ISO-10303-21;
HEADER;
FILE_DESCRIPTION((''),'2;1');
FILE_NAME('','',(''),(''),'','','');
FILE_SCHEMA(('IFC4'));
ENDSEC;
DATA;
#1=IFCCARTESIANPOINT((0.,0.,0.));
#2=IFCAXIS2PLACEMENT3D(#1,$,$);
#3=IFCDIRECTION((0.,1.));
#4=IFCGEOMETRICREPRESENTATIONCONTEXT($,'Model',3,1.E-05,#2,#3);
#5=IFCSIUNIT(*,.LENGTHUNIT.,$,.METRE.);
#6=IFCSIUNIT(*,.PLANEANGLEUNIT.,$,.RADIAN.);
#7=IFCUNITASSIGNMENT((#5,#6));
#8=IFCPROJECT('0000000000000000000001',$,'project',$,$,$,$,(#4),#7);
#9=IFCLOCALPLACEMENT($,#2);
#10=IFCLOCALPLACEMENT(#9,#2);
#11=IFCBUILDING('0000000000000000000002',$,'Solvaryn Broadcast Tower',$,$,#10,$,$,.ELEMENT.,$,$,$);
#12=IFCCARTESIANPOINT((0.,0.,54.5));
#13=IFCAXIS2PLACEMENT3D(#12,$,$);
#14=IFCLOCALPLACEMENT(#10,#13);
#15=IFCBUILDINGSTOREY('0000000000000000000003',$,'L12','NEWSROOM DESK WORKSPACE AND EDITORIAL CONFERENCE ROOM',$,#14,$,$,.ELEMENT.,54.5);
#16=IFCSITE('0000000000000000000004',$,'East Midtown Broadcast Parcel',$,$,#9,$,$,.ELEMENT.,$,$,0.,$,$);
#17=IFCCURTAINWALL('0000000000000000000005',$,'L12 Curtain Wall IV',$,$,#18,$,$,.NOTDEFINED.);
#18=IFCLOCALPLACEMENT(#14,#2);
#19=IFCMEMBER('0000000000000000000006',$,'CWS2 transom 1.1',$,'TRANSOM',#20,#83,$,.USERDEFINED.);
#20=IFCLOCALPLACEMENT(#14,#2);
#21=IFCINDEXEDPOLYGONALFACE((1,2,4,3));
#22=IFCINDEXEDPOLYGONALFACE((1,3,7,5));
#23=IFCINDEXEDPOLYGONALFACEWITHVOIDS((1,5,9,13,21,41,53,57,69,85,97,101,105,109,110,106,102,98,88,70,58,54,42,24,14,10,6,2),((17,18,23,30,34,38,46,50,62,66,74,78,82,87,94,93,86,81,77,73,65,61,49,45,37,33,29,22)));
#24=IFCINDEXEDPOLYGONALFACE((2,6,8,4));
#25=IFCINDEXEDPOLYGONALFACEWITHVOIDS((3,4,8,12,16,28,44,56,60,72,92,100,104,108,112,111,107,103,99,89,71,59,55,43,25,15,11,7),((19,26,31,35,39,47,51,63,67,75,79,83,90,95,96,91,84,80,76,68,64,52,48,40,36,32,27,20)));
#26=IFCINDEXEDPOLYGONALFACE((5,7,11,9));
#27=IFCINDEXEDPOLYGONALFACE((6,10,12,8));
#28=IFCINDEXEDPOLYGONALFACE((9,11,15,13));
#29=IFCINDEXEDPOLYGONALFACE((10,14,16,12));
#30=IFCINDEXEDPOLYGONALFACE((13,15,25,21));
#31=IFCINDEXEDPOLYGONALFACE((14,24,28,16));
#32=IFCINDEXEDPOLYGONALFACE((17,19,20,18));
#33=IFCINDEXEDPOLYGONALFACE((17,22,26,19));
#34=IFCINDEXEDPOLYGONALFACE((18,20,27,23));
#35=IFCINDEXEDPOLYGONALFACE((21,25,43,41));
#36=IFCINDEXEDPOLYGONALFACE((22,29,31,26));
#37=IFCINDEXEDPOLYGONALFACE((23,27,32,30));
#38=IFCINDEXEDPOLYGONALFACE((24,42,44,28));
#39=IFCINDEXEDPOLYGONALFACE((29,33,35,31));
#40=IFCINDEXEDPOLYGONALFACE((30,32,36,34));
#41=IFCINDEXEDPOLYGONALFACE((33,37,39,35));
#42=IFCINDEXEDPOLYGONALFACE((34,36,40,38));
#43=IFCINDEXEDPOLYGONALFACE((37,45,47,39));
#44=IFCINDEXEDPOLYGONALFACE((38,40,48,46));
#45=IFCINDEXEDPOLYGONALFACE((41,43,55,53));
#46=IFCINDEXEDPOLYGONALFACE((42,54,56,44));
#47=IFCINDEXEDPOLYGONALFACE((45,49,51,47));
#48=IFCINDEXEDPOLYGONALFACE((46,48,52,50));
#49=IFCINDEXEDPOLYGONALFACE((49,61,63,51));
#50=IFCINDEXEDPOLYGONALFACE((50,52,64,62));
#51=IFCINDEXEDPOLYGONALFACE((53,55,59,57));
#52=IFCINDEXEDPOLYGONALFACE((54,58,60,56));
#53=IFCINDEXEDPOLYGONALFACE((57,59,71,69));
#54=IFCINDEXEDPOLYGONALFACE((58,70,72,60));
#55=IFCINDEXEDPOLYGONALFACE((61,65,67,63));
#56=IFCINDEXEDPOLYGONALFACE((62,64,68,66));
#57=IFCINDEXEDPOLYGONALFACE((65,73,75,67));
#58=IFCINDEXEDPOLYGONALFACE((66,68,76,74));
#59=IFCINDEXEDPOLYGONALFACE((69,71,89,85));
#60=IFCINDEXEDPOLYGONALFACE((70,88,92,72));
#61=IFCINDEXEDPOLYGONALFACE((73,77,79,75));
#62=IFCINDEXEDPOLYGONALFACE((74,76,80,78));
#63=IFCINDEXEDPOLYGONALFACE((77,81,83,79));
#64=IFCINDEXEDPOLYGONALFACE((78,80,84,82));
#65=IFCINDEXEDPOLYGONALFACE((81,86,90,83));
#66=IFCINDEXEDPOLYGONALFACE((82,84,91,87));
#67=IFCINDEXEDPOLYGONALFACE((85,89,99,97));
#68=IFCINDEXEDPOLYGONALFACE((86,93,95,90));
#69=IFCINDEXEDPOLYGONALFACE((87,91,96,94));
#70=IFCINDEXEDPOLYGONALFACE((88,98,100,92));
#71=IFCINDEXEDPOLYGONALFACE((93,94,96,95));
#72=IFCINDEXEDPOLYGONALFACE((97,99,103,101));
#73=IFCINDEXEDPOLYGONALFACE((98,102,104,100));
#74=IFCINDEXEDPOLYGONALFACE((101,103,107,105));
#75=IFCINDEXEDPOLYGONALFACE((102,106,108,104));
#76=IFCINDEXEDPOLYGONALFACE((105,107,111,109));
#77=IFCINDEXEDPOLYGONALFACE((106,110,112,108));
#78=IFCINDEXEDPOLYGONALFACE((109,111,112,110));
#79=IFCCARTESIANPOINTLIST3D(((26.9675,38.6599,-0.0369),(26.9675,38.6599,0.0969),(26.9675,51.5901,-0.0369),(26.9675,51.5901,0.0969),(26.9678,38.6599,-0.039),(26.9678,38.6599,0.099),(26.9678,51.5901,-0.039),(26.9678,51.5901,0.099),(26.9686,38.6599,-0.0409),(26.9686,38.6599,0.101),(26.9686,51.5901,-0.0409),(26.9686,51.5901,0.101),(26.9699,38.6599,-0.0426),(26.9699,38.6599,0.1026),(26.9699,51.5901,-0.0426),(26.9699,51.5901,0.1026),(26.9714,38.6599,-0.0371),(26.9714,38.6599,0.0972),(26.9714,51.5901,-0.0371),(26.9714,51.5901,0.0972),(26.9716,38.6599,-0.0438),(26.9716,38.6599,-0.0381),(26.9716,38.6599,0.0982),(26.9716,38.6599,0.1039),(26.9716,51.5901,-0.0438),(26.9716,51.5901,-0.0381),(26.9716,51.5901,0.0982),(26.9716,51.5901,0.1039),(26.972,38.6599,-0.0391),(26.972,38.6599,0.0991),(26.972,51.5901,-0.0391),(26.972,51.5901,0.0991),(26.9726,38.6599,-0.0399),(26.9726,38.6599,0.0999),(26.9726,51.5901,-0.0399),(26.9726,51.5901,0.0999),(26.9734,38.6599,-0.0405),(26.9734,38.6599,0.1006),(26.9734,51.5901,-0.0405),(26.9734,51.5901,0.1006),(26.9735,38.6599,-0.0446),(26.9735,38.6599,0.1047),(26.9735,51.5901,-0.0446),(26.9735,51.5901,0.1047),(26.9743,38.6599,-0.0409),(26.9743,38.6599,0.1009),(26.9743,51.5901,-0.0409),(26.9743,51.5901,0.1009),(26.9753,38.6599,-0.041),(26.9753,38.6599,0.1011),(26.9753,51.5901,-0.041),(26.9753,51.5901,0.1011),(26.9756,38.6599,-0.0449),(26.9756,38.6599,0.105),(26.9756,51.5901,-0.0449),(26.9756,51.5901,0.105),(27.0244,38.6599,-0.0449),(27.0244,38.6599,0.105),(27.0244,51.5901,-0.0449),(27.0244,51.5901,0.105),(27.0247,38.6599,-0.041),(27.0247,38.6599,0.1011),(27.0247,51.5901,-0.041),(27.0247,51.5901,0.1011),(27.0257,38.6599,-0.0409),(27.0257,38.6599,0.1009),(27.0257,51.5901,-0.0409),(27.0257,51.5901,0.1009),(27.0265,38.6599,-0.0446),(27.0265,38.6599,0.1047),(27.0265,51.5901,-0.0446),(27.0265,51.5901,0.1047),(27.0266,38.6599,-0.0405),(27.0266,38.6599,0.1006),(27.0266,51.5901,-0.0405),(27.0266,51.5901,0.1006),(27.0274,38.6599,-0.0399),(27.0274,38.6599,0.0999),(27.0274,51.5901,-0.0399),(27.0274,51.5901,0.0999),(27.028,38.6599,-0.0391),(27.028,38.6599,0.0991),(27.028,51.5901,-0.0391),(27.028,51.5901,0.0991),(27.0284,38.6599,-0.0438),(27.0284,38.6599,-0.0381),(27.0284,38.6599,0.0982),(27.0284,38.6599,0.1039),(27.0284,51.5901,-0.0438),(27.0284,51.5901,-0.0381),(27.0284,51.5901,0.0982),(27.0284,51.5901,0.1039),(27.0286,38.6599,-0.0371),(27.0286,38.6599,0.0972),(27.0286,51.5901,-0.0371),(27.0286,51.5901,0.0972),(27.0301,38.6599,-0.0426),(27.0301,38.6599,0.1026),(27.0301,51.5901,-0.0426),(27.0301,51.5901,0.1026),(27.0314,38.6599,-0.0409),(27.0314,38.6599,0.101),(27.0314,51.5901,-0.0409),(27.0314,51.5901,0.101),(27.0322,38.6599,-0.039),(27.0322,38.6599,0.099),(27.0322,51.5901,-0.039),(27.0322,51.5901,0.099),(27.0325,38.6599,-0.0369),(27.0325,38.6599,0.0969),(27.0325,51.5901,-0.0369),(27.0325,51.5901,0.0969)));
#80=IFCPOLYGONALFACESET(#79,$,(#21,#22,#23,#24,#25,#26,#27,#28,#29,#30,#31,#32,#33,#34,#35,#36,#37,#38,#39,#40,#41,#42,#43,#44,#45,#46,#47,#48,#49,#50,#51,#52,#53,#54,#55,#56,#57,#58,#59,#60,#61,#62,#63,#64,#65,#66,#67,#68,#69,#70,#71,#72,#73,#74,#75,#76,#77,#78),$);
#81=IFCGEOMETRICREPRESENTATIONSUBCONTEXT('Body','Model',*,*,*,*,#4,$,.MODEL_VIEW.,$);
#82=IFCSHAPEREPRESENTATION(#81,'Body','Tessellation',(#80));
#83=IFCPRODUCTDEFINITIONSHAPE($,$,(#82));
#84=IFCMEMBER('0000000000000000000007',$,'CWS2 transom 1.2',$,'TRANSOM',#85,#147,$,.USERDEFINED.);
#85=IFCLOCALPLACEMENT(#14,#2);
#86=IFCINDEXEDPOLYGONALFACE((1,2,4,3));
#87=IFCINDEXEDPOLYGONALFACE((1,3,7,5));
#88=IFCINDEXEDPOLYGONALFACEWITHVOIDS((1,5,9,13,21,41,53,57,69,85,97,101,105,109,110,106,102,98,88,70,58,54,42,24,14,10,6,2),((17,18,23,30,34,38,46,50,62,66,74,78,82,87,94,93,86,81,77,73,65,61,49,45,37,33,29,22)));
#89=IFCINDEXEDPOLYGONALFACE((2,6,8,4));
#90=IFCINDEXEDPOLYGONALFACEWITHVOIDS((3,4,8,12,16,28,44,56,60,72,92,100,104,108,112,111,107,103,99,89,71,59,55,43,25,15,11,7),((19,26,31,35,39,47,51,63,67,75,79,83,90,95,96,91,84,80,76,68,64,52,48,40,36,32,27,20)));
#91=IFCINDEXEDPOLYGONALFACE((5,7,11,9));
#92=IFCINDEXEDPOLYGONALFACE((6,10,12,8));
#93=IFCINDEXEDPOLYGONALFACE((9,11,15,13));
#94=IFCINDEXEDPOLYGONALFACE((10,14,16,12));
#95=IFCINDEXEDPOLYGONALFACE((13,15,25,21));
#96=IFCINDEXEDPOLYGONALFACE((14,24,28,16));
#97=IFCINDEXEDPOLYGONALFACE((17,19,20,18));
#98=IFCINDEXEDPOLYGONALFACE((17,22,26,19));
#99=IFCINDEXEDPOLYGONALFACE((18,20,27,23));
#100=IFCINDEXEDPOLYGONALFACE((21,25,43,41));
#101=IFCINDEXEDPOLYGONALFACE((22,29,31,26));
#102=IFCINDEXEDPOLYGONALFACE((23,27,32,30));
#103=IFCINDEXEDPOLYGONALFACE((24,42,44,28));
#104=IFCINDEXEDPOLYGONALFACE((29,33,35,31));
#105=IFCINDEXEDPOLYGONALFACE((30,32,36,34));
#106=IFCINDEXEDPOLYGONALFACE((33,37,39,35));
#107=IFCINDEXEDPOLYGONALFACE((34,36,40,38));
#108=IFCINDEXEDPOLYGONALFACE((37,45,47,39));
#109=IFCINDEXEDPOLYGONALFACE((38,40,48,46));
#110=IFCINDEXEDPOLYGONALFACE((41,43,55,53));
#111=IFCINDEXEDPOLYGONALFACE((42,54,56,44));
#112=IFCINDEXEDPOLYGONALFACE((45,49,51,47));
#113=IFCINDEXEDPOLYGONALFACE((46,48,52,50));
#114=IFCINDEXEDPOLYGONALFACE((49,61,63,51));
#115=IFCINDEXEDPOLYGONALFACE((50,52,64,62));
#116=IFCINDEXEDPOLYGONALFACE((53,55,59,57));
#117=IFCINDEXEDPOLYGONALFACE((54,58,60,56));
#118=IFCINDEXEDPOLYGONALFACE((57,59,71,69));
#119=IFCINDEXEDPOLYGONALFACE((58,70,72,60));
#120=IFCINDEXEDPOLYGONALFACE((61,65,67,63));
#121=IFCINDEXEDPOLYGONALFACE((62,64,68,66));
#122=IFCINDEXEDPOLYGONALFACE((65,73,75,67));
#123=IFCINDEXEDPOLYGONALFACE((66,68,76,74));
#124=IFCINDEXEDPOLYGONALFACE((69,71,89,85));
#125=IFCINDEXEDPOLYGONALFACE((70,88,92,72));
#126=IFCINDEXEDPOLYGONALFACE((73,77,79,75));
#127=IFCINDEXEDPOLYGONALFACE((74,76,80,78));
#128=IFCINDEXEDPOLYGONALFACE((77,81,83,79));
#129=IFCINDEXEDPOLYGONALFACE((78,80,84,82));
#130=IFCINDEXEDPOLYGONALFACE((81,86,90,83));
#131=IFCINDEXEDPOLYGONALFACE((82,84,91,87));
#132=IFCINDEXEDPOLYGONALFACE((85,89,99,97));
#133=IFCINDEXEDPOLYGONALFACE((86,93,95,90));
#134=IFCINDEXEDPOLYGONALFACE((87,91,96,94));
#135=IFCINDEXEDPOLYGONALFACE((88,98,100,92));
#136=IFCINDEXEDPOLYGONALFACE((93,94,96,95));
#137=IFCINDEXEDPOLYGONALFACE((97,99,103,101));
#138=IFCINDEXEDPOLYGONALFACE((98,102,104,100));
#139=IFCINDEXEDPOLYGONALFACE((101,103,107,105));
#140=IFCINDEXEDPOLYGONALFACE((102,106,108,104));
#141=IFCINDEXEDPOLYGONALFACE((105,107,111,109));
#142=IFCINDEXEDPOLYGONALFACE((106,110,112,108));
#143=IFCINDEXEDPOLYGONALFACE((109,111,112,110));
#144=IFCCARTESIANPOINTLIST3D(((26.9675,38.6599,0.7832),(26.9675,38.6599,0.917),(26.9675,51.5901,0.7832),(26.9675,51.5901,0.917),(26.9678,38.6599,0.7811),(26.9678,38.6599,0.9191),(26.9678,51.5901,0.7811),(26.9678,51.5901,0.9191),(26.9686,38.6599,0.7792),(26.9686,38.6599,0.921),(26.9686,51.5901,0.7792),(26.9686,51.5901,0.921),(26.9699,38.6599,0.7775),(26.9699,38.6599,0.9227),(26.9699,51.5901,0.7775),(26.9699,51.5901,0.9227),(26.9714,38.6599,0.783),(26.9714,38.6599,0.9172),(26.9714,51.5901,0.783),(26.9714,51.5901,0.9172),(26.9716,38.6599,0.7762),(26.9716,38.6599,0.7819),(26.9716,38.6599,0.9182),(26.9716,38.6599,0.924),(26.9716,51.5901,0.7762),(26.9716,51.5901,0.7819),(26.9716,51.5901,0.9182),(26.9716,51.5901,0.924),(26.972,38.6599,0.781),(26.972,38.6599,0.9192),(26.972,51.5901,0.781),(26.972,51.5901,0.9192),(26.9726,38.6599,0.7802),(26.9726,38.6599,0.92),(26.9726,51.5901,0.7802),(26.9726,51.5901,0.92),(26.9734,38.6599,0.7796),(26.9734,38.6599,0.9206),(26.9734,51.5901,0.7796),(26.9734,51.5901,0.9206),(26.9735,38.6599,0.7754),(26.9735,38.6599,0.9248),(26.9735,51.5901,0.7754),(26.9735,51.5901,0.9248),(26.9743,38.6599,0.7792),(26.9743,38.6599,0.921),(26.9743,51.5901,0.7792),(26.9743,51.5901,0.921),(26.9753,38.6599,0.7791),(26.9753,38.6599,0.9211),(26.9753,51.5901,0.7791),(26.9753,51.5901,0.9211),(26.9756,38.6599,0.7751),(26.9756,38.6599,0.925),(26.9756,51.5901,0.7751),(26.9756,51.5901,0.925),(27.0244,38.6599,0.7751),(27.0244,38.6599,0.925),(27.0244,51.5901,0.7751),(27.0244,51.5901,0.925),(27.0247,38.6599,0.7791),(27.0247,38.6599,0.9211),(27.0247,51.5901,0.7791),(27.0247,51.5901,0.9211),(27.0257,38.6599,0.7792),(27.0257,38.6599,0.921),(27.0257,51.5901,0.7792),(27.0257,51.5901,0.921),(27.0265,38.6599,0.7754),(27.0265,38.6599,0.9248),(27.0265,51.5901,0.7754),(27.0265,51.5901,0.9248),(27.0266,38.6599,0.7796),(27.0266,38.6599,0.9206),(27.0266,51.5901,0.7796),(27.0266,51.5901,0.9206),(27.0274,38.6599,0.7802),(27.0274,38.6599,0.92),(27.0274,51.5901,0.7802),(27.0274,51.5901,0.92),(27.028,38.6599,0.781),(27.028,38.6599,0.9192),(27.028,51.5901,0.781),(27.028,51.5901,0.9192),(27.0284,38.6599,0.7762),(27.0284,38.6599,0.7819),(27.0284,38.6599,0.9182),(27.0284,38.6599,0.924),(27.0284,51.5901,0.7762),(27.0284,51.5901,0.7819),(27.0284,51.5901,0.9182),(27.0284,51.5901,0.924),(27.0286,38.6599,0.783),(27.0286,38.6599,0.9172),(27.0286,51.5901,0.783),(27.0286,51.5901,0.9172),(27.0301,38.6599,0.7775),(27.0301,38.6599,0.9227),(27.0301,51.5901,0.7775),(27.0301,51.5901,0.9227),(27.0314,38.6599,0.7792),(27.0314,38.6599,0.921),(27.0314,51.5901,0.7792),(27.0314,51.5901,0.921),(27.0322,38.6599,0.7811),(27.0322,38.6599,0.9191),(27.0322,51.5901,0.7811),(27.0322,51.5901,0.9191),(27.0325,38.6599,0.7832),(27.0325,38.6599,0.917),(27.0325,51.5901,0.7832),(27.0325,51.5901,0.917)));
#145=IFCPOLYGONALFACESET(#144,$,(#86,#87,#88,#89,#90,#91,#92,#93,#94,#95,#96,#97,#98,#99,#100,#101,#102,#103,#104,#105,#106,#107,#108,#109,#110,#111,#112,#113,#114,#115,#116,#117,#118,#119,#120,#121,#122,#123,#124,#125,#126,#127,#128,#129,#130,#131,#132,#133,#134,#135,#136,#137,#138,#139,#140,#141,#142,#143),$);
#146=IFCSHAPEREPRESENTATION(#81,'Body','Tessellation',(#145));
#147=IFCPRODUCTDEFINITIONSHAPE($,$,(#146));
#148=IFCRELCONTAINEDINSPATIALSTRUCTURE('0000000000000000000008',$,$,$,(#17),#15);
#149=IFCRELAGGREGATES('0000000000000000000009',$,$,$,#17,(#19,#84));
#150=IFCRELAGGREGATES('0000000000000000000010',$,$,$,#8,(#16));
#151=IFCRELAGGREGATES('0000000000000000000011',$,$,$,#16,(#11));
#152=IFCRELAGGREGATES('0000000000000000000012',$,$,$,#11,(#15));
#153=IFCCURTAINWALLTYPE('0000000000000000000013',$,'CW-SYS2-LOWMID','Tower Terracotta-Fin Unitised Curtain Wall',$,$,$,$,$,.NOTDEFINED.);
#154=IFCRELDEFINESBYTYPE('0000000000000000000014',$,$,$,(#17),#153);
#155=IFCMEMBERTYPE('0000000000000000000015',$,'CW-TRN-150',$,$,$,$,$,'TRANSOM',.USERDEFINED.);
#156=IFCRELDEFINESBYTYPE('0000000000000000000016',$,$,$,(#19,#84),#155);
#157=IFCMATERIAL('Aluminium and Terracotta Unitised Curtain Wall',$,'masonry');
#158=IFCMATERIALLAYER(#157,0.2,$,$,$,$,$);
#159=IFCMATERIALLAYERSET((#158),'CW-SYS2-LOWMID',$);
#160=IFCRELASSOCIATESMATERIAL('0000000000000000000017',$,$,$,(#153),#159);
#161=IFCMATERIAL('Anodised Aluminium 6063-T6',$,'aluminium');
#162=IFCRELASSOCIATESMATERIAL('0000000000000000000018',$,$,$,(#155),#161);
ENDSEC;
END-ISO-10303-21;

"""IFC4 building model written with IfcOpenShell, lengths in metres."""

from ifc_helpers import new_model, si_unit, direction, frame, origin, origin_2d, place, context, subcontext, project, spatial, hollow_rectangle, extrude, material, layer, layer_set, material_profile, profile_set, type_object, element, aggregate, save


model = new_model("IFC4")

# Units and contexts
model_context = context("Model", 3, precision=1e-05, world=origin(), true_north=direction((0.0, 1.0)))
body_context = subcontext(model_context, "Body", "Model", "MODEL_VIEW")
ifc_project = project(units=[si_unit("LENGTHUNIT", "METRE"), si_unit("PLANEANGLEUNIT", "RADIAN")], contexts=[model_context])

# Site, building, storey
site_placement = place(None, origin())
site = spatial("IfcSite", under=ifc_project, at=site_placement, Name="East Midtown Broadcast Parcel", CompositionType="ELEMENT", RefElevation=0.0)
building_placement = place(site_placement, origin())
building = spatial("IfcBuilding", under=site, at=building_placement, Name="Solvaryn Broadcast Tower", CompositionType="ELEMENT")
storey_placement = place(building_placement, frame((0.0, 0.0, 54.5)))
storey = spatial("IfcBuildingStorey", under=building, at=storey_placement, Name="L12", Description="NEWSROOM DESK WORKSPACE AND EDITORIAL CONFERENCE ROOM", CompositionType="ELEMENT", Elevation=54.5)

# Curtain wall
ifc_material_1 = material(Name="Aluminium and Terracotta Unitised Curtain Wall", Category="masonry")
ifc_layer_1 = layer(ifc_material_1, 0.2)
ifc_layer_set_1 = layer_set([ifc_layer_1], Name="CW-SYS2-LOWMID")
curtain_wall_type = type_object("IfcCurtainWallType", Name="CW-SYS2-LOWMID", Description="Tower Terracotta-Fin Unitised Curtain Wall", PredefinedType="NOTDEFINED", material=ifc_layer_set_1)
curtain_wall_1_placement = place(storey_placement, origin())
curtain_wall_1 = element("IfcCurtainWall", 1, at=curtain_wall_1_placement, inside=storey, type_object=curtain_wall_type, Name="L12 Curtain Wall IV", PredefinedType="NOTDEFINED")

# Members
ifc_material_2 = material(Name="Anodised Aluminium 6063-T6", Category="aluminium")
ifc_material_profile_1 = material_profile(ifc_material_2, hollow_rectangle(XDim=0.0649, YDim=0.1499, WallThickness=0.0039, InnerFilletRadius=0.0039, OuterFilletRadius=0.0081, at=origin_2d()))
ifc_profile_set_1 = profile_set([ifc_material_profile_1], Name="Anodised Aluminium 6063-T6")
member_type_1 = type_object("IfcMemberType", Name="CW-TRN-150", ElementType="TRANSOM", PredefinedType="USERDEFINED", material=ifc_profile_set_1)
member_1_placement = place(storey_placement, frame((27.0, 51.5901, 0.03), z_axis=(0.0, -1.0, 0.0), x_axis=(1.0, 0.0, 0.0)))
member_1 = element("IfcMember", 2, at=member_1_placement, type_object=member_type_1, Name="CWS2 transom 1.1", ObjectType="TRANSOM", PredefinedType="USERDEFINED", context=body_context, shape_type="SweptSolid", body=[
    extrude(hollow_rectangle(XDim=0.0649, YDim=0.1499, WallThickness=0.0039, InnerFilletRadius=0.0039, OuterFilletRadius=0.0081, at=origin_2d()), origin(), (0.0, 0.0, 1.0), 12.9302),
])
member_2_placement = place(storey_placement, frame((27.0, 51.5901, 0.8501), z_axis=(0.0, -1.0, 0.0), x_axis=(1.0, 0.0, 0.0)))
member_2 = element("IfcMember", 3, at=member_2_placement, type_object=member_type_1, Name="CWS2 transom 1.2", ObjectType="TRANSOM", PredefinedType="USERDEFINED", context=body_context, shape_type="SweptSolid", body=[
    extrude(hollow_rectangle(XDim=0.0649, YDim=0.1499, WallThickness=0.0039, InnerFilletRadius=0.0039, OuterFilletRadius=0.0081, at=origin_2d()), origin(), (0.0, 0.0, 1.0), 12.9302),
])

aggregate(curtain_wall_1, [member_1, member_2])

save(model, "model.ifc")
